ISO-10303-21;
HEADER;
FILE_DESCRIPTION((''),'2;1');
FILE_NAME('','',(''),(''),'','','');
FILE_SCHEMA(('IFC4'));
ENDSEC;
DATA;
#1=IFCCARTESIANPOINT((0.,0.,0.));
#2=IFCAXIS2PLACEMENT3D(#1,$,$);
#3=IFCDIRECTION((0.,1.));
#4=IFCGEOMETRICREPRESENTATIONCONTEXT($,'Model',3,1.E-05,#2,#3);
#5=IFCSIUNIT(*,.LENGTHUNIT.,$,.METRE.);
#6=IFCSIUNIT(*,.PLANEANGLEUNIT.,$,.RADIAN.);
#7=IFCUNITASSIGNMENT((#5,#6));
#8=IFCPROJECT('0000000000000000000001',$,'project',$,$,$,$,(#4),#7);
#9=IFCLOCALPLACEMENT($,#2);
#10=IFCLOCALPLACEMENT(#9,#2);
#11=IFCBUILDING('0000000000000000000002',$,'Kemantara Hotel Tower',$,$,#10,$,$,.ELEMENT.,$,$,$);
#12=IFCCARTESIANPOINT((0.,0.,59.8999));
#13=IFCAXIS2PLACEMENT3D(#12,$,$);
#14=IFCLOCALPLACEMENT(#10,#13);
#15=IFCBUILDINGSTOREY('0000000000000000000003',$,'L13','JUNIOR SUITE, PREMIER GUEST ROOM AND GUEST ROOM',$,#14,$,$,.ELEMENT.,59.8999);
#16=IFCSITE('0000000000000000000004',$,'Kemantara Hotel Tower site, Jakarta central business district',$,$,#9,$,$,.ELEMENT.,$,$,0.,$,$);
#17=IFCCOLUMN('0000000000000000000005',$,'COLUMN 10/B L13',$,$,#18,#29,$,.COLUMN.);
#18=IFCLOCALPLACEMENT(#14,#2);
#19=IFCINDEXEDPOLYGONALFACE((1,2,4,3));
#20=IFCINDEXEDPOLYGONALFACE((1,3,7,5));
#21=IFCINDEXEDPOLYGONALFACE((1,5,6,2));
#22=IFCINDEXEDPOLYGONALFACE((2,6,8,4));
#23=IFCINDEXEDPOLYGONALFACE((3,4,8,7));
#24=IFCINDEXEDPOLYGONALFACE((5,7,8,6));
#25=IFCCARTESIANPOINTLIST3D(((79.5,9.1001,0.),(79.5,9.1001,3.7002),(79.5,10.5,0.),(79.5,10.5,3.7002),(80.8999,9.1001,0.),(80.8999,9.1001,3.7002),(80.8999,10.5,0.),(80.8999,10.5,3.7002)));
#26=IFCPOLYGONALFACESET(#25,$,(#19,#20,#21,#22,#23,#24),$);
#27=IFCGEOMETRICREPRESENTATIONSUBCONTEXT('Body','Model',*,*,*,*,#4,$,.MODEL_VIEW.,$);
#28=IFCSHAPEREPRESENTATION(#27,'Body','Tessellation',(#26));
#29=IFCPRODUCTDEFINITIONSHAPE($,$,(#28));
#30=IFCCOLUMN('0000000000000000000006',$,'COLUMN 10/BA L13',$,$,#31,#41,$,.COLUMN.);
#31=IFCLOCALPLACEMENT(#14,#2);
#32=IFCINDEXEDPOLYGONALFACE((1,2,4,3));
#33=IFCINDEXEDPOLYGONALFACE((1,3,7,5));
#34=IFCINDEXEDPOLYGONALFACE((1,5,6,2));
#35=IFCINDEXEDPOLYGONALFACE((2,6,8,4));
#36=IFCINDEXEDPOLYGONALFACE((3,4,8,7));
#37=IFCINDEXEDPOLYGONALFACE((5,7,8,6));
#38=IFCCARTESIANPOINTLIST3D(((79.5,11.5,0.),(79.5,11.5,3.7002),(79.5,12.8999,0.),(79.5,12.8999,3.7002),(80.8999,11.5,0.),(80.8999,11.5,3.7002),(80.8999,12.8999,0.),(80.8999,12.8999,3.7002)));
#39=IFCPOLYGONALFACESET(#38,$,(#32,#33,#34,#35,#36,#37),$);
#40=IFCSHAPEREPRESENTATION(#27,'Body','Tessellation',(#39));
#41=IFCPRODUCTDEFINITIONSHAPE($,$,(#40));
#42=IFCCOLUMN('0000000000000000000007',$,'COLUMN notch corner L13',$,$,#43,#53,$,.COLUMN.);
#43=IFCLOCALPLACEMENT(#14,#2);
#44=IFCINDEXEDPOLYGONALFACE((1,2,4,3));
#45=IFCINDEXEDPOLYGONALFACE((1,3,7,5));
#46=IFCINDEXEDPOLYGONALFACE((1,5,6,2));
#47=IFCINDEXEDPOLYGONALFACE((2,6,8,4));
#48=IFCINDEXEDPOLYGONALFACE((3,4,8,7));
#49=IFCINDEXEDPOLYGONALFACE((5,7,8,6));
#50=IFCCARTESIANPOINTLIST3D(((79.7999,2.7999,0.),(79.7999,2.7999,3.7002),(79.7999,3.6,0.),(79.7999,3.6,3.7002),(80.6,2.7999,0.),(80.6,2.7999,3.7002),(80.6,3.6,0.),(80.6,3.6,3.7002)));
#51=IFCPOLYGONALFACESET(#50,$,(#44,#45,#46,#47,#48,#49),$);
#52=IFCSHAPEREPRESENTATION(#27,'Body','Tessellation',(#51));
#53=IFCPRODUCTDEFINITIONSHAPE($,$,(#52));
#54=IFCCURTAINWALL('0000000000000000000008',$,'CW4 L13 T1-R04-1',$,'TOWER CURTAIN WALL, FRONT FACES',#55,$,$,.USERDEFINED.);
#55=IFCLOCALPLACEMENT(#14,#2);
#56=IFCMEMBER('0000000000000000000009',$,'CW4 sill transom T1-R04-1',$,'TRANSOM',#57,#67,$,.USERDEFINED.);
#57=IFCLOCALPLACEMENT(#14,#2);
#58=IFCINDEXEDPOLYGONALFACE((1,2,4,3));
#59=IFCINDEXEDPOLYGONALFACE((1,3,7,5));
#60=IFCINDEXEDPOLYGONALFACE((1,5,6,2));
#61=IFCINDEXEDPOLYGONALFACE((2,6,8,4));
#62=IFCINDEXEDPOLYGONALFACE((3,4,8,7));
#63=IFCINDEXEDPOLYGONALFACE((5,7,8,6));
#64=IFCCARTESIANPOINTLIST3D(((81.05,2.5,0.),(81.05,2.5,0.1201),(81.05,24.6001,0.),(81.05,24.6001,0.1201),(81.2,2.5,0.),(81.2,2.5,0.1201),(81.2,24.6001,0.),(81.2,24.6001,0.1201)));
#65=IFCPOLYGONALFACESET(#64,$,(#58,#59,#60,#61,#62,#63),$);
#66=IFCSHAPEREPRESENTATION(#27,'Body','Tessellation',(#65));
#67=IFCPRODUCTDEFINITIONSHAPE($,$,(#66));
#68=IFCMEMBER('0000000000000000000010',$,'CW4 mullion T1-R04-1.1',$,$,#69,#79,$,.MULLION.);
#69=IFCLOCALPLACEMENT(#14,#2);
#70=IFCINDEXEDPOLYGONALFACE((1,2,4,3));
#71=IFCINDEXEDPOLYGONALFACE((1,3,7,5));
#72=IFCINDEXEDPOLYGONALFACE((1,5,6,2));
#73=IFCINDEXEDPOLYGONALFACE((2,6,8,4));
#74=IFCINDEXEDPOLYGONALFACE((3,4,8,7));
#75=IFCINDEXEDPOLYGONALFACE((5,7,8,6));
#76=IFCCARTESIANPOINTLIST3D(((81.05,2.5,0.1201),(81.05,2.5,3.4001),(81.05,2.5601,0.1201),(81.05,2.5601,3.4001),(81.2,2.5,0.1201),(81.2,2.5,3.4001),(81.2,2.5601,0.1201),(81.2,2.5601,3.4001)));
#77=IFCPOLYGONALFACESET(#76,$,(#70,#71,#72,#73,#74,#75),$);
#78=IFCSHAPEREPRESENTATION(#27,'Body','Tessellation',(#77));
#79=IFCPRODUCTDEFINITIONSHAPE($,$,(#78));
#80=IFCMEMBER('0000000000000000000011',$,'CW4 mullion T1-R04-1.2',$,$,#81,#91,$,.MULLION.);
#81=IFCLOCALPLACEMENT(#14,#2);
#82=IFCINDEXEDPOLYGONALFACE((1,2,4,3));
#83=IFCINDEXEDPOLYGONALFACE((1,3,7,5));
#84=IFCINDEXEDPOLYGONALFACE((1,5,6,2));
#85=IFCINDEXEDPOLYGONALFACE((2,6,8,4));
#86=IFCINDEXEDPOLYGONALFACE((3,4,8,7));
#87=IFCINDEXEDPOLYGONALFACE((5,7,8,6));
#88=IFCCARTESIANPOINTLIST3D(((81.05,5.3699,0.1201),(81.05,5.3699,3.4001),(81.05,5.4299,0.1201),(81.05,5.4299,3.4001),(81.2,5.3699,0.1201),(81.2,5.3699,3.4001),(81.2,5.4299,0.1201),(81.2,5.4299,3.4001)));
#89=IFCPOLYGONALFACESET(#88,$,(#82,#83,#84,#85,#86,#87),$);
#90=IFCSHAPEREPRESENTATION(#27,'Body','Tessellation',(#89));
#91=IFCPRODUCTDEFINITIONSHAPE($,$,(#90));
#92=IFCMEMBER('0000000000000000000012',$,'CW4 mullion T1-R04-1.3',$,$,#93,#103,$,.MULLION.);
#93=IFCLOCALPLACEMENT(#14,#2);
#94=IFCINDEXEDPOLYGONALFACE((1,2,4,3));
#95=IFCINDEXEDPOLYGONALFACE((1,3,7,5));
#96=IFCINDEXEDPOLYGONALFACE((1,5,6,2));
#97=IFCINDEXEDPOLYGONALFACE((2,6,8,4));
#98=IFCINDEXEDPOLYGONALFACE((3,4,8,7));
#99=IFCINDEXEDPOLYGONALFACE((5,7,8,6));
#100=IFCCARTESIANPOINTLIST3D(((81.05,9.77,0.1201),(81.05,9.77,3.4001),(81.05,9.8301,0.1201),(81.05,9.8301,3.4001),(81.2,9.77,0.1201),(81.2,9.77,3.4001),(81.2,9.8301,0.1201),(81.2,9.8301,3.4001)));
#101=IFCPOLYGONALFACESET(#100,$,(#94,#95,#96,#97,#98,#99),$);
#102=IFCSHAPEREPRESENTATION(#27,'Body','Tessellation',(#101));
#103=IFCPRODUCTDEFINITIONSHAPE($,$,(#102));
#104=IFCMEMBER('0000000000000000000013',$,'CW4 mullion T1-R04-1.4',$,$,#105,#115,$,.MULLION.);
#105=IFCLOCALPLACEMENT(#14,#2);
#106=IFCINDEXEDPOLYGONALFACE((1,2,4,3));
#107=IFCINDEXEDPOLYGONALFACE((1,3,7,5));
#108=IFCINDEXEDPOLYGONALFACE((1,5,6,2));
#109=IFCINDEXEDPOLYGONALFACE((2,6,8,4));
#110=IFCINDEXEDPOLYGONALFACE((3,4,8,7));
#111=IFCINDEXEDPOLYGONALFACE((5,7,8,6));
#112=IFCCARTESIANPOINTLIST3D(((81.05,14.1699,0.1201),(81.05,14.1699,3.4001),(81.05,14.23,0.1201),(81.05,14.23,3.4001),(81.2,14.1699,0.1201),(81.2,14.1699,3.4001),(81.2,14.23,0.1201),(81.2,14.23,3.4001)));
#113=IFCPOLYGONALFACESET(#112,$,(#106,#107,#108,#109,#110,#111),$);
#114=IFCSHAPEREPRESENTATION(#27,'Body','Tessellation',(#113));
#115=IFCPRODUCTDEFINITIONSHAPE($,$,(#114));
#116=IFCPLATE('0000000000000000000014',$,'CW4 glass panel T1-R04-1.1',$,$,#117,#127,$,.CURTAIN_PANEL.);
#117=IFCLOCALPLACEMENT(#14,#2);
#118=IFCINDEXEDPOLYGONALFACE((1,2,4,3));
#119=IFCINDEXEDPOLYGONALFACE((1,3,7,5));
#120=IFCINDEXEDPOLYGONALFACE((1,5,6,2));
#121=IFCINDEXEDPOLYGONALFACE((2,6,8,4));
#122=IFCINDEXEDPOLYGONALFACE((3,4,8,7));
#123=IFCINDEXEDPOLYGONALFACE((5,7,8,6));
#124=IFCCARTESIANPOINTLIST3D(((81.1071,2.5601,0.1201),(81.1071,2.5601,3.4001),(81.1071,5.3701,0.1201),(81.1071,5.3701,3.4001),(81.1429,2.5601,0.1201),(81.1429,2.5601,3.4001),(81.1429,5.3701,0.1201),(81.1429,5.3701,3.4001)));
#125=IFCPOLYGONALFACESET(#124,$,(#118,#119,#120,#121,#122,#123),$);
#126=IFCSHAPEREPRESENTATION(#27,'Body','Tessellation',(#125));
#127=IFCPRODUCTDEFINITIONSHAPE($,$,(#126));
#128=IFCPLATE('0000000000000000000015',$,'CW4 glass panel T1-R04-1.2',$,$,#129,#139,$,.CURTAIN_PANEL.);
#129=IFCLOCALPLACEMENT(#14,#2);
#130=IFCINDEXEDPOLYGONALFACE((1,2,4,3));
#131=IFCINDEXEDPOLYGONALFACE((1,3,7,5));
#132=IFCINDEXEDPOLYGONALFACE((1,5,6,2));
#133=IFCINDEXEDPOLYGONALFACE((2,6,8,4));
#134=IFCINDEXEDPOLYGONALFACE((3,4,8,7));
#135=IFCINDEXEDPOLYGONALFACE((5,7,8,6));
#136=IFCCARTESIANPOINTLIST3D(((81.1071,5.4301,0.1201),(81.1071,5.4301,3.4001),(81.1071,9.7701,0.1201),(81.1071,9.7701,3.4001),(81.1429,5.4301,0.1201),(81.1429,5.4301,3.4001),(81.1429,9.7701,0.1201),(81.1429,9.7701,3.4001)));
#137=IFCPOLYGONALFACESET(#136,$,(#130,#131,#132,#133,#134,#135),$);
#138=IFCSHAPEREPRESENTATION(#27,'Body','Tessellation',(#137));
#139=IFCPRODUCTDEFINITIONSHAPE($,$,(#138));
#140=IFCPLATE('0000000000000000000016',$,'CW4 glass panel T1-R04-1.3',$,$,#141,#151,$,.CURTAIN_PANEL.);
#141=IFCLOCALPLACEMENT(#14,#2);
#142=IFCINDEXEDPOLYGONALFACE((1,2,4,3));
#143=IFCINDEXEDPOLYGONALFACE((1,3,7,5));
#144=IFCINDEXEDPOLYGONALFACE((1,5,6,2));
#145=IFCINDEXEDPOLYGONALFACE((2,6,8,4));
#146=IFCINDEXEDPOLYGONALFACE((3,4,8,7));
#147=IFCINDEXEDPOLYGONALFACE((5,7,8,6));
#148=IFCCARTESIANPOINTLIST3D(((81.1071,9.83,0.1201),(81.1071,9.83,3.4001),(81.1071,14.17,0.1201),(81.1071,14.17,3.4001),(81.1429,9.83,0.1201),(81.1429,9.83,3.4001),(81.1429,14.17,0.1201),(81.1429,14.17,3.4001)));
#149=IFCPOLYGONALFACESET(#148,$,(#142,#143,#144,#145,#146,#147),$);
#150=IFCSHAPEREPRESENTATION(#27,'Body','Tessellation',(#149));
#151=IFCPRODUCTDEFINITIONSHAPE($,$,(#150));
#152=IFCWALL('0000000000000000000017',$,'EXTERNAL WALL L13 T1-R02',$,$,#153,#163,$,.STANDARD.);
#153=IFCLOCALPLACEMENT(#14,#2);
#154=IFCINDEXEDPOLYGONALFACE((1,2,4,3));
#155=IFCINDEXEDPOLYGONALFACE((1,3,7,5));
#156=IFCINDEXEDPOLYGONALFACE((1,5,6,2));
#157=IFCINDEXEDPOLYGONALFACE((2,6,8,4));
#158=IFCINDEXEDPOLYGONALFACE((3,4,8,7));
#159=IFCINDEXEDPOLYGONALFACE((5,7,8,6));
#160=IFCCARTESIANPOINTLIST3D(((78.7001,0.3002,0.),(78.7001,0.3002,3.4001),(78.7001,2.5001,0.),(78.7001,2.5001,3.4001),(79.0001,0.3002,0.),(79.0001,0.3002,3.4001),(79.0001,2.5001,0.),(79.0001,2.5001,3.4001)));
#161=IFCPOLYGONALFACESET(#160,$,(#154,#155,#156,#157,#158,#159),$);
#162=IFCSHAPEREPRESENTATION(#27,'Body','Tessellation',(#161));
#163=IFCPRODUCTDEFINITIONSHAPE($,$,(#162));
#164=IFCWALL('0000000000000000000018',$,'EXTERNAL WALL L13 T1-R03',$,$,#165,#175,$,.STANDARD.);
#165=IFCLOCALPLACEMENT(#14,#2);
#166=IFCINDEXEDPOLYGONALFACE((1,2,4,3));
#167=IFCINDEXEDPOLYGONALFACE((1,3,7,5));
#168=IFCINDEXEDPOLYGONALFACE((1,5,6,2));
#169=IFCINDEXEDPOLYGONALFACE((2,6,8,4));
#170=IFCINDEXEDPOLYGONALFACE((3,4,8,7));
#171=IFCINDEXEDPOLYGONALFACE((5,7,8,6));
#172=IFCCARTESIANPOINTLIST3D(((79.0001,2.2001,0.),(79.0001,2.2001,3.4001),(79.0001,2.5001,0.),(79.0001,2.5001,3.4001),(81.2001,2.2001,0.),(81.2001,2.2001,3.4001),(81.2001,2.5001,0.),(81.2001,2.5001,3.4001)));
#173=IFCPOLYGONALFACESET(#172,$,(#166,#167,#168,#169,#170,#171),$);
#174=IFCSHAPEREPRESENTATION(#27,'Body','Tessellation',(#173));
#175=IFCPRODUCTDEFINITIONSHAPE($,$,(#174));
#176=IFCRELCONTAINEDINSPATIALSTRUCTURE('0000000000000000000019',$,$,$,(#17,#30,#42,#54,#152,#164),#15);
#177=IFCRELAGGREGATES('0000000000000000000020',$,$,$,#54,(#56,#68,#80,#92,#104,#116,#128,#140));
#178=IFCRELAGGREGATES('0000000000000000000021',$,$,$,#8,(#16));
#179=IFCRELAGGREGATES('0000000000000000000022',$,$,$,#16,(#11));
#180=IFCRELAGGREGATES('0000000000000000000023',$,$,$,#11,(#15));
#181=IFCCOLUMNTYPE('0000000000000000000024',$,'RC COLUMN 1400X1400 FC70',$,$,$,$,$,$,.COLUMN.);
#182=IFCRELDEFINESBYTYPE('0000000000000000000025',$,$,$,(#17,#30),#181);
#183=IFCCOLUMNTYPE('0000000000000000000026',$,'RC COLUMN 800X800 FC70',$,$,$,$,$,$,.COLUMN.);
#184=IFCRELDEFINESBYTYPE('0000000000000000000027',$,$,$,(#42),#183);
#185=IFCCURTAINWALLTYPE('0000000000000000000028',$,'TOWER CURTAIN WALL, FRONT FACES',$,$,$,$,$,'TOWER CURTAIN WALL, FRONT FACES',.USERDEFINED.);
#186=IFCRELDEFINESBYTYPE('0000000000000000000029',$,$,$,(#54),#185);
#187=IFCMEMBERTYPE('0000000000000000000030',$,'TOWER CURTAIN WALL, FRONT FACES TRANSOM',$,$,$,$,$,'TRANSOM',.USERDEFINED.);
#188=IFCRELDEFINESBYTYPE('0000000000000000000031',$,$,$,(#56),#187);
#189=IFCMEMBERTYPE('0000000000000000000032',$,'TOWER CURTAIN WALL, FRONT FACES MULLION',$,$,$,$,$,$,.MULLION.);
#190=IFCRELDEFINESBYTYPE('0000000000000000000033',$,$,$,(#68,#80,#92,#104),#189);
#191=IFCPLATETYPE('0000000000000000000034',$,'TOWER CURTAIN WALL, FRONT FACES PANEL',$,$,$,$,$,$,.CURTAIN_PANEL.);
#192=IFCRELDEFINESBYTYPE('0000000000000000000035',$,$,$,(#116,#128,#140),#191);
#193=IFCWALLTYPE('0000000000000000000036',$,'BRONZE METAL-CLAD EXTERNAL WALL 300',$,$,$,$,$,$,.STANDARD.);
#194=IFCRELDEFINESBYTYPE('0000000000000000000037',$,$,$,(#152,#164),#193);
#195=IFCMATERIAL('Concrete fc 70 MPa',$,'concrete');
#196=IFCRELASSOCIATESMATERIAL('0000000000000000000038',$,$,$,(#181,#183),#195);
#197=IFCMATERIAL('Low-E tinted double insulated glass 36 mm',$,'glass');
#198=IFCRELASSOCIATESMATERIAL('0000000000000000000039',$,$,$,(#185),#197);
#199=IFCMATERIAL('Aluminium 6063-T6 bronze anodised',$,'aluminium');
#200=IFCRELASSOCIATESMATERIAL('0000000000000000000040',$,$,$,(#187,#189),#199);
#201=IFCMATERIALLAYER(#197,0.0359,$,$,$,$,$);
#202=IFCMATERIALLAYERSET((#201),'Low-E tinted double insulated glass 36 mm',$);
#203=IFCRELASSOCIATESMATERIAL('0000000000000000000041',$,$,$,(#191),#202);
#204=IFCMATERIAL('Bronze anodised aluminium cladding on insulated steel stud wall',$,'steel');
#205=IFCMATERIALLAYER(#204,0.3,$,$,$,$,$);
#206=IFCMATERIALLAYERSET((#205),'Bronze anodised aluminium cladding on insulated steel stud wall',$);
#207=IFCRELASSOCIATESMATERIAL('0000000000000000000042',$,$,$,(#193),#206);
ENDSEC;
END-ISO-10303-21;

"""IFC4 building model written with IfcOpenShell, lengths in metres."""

from ifc_helpers import new_model, si_unit, direction, frame, frame_2d, origin, origin_2d, place, context, subcontext, project, spatial, rectangle, extrude, source, transform, mapped, material, layer, layer_set, material_profile, profile_set, type_object, element, aggregate, save


model = new_model("IFC4")

# Units and contexts
model_context = context("Model", 3, precision=1e-05, world=origin(), true_north=direction((0.0, 1.0)))
body_context = subcontext(model_context, "Body", "Model", "MODEL_VIEW")
ifc_project = project(units=[si_unit("LENGTHUNIT", "METRE"), si_unit("PLANEANGLEUNIT", "RADIAN")], contexts=[model_context])

# Site, building, storey
site_placement = place(None, origin())
site = spatial("IfcSite", under=ifc_project, at=site_placement, Name="Kemantara Hotel Tower site, Jakarta central business district", CompositionType="ELEMENT", RefElevation=0.0)
building_placement = place(site_placement, origin())
building = spatial("IfcBuilding", under=site, at=building_placement, Name="Kemantara Hotel Tower", CompositionType="ELEMENT")
storey_placement = place(building_placement, frame((0.0, 0.0, 59.8999)))
storey = spatial("IfcBuildingStorey", under=building, at=storey_placement, Name="L13", Description="JUNIOR SUITE, PREMIER GUEST ROOM AND GUEST ROOM", CompositionType="ELEMENT", Elevation=59.8999)

# Columns
ifc_material_1 = material(Name="Concrete fc 70 MPa", Category="concrete")
ifc_material_profile_1 = material_profile(ifc_material_1, rectangle(XDim=1.3999, YDim=1.3999, at=origin_2d()), Name="RC 1400X1400")
ifc_profile_set_1 = profile_set([ifc_material_profile_1], Name="Concrete fc 70 MPa")
column_type_1 = type_object("IfcColumnType", Name="RC COLUMN 1400X1400 FC70", PredefinedType="COLUMN", material=ifc_profile_set_1)
for number, where, z_axis, x_axis, name in (
    (1, (80.2, 9.8, 0.0), (0.0, 0.0, 1.0), (1.0, 0.0, 0.0), "COLUMN 10/B L13"),
    (2, (80.2, 12.2, 0.0), (0.0, 0.0, 1.0), (1.0, 0.0, 0.0), "COLUMN 10/BA L13"),
):
    element("IfcColumn", number, at=place(storey_placement, frame(where, z_axis=z_axis, x_axis=x_axis)), inside=storey, type_object=column_type_1, Name=name, PredefinedType="COLUMN", context=body_context, shape_type="SweptSolid", body=[
        extrude(rectangle(XDim=1.3999, YDim=1.3999, at=origin_2d()), origin(), (0.0, 0.0, 1.0), 3.7002),
    ])
ifc_material_profile_2 = material_profile(ifc_material_1, rectangle(XDim=0.8, YDim=0.8, at=origin_2d()), Name="RC 800X800")
ifc_profile_set_2 = profile_set([ifc_material_profile_2], Name="Concrete fc 70 MPa")
column_type_2 = type_object("IfcColumnType", Name="RC COLUMN 800X800 FC70", PredefinedType="COLUMN", material=ifc_profile_set_2)
column_placement = place(storey_placement, frame((80.2, 3.2, 0.0), z_axis=(0.0, 0.0, 1.0), x_axis=(1.0, 0.0, 0.0)))
element("IfcColumn", 3, at=column_placement, inside=storey, type_object=column_type_2, Name="COLUMN notch corner L13", PredefinedType="COLUMN", context=body_context, shape_type="SweptSolid", body=[
    extrude(rectangle(XDim=0.8, YDim=0.8, at=origin_2d()), origin(), (0.0, 0.0, 1.0), 3.7002),
])

# Curtain wall, members, plates
ifc_material_2 = material(Name="Low-E tinted double insulated glass 36 mm", Category="glass")
curtain_wall_type = type_object("IfcCurtainWallType", Name="TOWER CURTAIN WALL, FRONT FACES", ElementType="TOWER CURTAIN WALL, FRONT FACES", PredefinedType="USERDEFINED", material=ifc_material_2)
curtain_wall_placement = place(storey_placement, origin())
curtain_wall = element("IfcCurtainWall", 4, at=curtain_wall_placement, inside=storey, type_object=curtain_wall_type, Name="CW4 L13 T1-R04-1", ObjectType="TOWER CURTAIN WALL, FRONT FACES", PredefinedType="USERDEFINED")
ifc_material_3 = material(Name="Aluminium 6063-T6 bronze anodised", Category="aluminium")
ifc_material_profile_3 = material_profile(ifc_material_3, rectangle(XDim=0.1499, YDim=0.1201, at=origin_2d()), Name="TOWER CURTAIN WALL, FRONT FACES TRANSOM")
ifc_profile_set_3 = profile_set([ifc_material_profile_3], Name="Aluminium 6063-T6 bronze anodised")
member_type_1 = type_object("IfcMemberType", Name="TOWER CURTAIN WALL, FRONT FACES TRANSOM", ElementType="TRANSOM", PredefinedType="USERDEFINED", material=ifc_profile_set_3)
member_1_placement = place(storey_placement, frame((81.125, 2.5, 0.0601), z_axis=(0.0, 1.0, 0.0), x_axis=(-1.0, 0.0, 0.0)))
member_1 = element("IfcMember", 5, at=member_1_placement, type_object=member_type_1, Name="CW4 sill transom T1-R04-1", ObjectType="TRANSOM", PredefinedType="USERDEFINED", context=body_context, shape_type="SweptSolid", body=[
    extrude(rectangle(XDim=0.1499, YDim=0.1201, at=origin_2d()), origin(), (0.0, 0.0, 1.0), 22.1001),
])
ifc_material_profile_4 = material_profile(ifc_material_3, rectangle(XDim=0.1499, YDim=0.0601, at=origin_2d()), Name="TOWER CURTAIN WALL, FRONT FACES MULLION")
ifc_profile_set_4 = profile_set([ifc_material_profile_4], Name="Aluminium 6063-T6 bronze anodised")
member_type_2 = type_object("IfcMemberType", Name="TOWER CURTAIN WALL, FRONT FACES MULLION", PredefinedType="MULLION", material=ifc_profile_set_4)
shared_shape_1 = source(origin(), body_context, "Body", "SweptSolid", [
    extrude(rectangle(XDim=0.1499, YDim=0.0601, at=origin_2d()), origin(), (0.0, 0.0, 1.0), 3.28),
])
member_2_placement = place(storey_placement, frame((81.125, 2.53, 0.1201), z_axis=(0.0, 0.0, 1.0), x_axis=(-1.0, 0.0, 0.0)))
member_2 = element("IfcMember", 6, at=member_2_placement, type_object=member_type_2, Name="CW4 mullion T1-R04-1.1", PredefinedType="MULLION", context=body_context, shape_type="MappedRepresentation", body=[
    mapped(shared_shape_1, transform((0.0, 0.0, 0.0))),
])
member_3_placement = place(storey_placement, frame((81.125, 5.3999, 0.1201), z_axis=(0.0, 0.0, 1.0), x_axis=(-1.0, 0.0, 0.0)))
member_3 = element("IfcMember", 7, at=member_3_placement, type_object=member_type_2, Name="CW4 mullion T1-R04-1.2", PredefinedType="MULLION", context=body_context, shape_type="MappedRepresentation", body=[
    mapped(shared_shape_1, transform((0.0, 0.0, 0.0))),
])
member_4_placement = place(storey_placement, frame((81.125, 9.8, 0.1201), z_axis=(0.0, 0.0, 1.0), x_axis=(-1.0, 0.0, 0.0)))
member_4 = element("IfcMember", 8, at=member_4_placement, type_object=member_type_2, Name="CW4 mullion T1-R04-1.3", PredefinedType="MULLION", context=body_context, shape_type="MappedRepresentation", body=[
    mapped(shared_shape_1, transform((0.0, 0.0, 0.0))),
])
member_5_placement = place(storey_placement, frame((81.125, 14.2, 0.1201), z_axis=(0.0, 0.0, 1.0), x_axis=(-1.0, 0.0, 0.0)))
member_5 = element("IfcMember", 9, at=member_5_placement, type_object=member_type_2, Name="CW4 mullion T1-R04-1.4", PredefinedType="MULLION", context=body_context, shape_type="MappedRepresentation", body=[
    mapped(shared_shape_1, transform((0.0, 0.0, 0.0))),
])
ifc_layer_1 = layer(ifc_material_2, 0.0359)
ifc_layer_set_1 = layer_set([ifc_layer_1], Name="Low-E tinted double insulated glass 36 mm")
plate_type = type_object("IfcPlateType", Name="TOWER CURTAIN WALL, FRONT FACES PANEL", PredefinedType="CURTAIN_PANEL", material=ifc_layer_set_1)
shared_shape_2 = source(origin(), body_context, "Body", "SweptSolid", [
    extrude(rectangle(XDim=2.8101, YDim=0.0359, at=origin_2d()), origin(), (0.0, 0.0, 1.0), 3.28),
])
plate_1_placement = place(storey_placement, frame((81.125, 3.9651, 0.1201), z_axis=(0.0, 0.0, 1.0), x_axis=(0.0, 1.0, 0.0)))
plate_1 = element("IfcPlate", 10, at=plate_1_placement, type_object=plate_type, Name="CW4 glass panel T1-R04-1.1", PredefinedType="CURTAIN_PANEL", context=body_context, shape_type="MappedRepresentation", body=[
    mapped(shared_shape_2, transform((0.0, 0.0, 0.0))),
])
shared_shape_3 = source(origin(), body_context, "Body", "SweptSolid", [
    extrude(rectangle(XDim=4.3401, YDim=0.0359, at=origin_2d()), origin(), (0.0, 0.0, 1.0), 3.28),
])
plate_2_placement = place(storey_placement, frame((81.125, 7.6001, 0.1201), z_axis=(0.0, 0.0, 1.0), x_axis=(0.0, 1.0, 0.0)))
plate_2 = element("IfcPlate", 11, at=plate_2_placement, type_object=plate_type, Name="CW4 glass panel T1-R04-1.2", PredefinedType="CURTAIN_PANEL", context=body_context, shape_type="MappedRepresentation", body=[
    mapped(shared_shape_3, transform((0.0, 0.0, 0.0))),
])
plate_3_placement = place(storey_placement, frame((81.125, 12.0, 0.1201), z_axis=(0.0, 0.0, 1.0), x_axis=(0.0, 1.0, 0.0)))
plate_3 = element("IfcPlate", 12, at=plate_3_placement, type_object=plate_type, Name="CW4 glass panel T1-R04-1.3", PredefinedType="CURTAIN_PANEL", context=body_context, shape_type="MappedRepresentation", body=[
    mapped(shared_shape_3, transform((0.0, 0.0, 0.0))),
])
aggregate(curtain_wall, [member_1, member_2, member_3, member_4, member_5, plate_1, plate_2, plate_3])

# Walls
ifc_material_4 = material(Name="Bronze anodised aluminium cladding on insulated steel stud wall", Category="steel")
ifc_layer_2 = layer(ifc_material_4, 0.3)
ifc_layer_set_2 = layer_set([ifc_layer_2], Name="Bronze anodised aluminium cladding on insulated steel stud wall")
wall_type_1 = type_object("IfcWallType", Name="BRONZE METAL-CLAD EXTERNAL WALL 300", PredefinedType="STANDARD", material=ifc_layer_set_2)
for number, where, z_axis, x_axis, name in (
    (13, (78.8501, 0.3, 0.0), (0.0, 0.0, 1.0), (0.0, 1.0, 0.0), "EXTERNAL WALL L13 T1-R02"),
    (14, (79.0, 2.3501, 0.0), (0.0, 0.0, 1.0), (1.0, 0.0, 0.0), "EXTERNAL WALL L13 T1-R03"),
):
    element("IfcWall", number, at=place(storey_placement, frame(where, z_axis=z_axis, x_axis=x_axis)), inside=storey, type_object=wall_type_1, Name=name, PredefinedType="STANDARD", context=body_context, shape_type="SweptSolid", body=[
        extrude(rectangle(XDim=2.2, YDim=0.3, at=frame_2d((1.1001, 0.0))), origin(), (0.0, 0.0, 1.0), 3.4001),
    ])

save(model, "model.ifc")
